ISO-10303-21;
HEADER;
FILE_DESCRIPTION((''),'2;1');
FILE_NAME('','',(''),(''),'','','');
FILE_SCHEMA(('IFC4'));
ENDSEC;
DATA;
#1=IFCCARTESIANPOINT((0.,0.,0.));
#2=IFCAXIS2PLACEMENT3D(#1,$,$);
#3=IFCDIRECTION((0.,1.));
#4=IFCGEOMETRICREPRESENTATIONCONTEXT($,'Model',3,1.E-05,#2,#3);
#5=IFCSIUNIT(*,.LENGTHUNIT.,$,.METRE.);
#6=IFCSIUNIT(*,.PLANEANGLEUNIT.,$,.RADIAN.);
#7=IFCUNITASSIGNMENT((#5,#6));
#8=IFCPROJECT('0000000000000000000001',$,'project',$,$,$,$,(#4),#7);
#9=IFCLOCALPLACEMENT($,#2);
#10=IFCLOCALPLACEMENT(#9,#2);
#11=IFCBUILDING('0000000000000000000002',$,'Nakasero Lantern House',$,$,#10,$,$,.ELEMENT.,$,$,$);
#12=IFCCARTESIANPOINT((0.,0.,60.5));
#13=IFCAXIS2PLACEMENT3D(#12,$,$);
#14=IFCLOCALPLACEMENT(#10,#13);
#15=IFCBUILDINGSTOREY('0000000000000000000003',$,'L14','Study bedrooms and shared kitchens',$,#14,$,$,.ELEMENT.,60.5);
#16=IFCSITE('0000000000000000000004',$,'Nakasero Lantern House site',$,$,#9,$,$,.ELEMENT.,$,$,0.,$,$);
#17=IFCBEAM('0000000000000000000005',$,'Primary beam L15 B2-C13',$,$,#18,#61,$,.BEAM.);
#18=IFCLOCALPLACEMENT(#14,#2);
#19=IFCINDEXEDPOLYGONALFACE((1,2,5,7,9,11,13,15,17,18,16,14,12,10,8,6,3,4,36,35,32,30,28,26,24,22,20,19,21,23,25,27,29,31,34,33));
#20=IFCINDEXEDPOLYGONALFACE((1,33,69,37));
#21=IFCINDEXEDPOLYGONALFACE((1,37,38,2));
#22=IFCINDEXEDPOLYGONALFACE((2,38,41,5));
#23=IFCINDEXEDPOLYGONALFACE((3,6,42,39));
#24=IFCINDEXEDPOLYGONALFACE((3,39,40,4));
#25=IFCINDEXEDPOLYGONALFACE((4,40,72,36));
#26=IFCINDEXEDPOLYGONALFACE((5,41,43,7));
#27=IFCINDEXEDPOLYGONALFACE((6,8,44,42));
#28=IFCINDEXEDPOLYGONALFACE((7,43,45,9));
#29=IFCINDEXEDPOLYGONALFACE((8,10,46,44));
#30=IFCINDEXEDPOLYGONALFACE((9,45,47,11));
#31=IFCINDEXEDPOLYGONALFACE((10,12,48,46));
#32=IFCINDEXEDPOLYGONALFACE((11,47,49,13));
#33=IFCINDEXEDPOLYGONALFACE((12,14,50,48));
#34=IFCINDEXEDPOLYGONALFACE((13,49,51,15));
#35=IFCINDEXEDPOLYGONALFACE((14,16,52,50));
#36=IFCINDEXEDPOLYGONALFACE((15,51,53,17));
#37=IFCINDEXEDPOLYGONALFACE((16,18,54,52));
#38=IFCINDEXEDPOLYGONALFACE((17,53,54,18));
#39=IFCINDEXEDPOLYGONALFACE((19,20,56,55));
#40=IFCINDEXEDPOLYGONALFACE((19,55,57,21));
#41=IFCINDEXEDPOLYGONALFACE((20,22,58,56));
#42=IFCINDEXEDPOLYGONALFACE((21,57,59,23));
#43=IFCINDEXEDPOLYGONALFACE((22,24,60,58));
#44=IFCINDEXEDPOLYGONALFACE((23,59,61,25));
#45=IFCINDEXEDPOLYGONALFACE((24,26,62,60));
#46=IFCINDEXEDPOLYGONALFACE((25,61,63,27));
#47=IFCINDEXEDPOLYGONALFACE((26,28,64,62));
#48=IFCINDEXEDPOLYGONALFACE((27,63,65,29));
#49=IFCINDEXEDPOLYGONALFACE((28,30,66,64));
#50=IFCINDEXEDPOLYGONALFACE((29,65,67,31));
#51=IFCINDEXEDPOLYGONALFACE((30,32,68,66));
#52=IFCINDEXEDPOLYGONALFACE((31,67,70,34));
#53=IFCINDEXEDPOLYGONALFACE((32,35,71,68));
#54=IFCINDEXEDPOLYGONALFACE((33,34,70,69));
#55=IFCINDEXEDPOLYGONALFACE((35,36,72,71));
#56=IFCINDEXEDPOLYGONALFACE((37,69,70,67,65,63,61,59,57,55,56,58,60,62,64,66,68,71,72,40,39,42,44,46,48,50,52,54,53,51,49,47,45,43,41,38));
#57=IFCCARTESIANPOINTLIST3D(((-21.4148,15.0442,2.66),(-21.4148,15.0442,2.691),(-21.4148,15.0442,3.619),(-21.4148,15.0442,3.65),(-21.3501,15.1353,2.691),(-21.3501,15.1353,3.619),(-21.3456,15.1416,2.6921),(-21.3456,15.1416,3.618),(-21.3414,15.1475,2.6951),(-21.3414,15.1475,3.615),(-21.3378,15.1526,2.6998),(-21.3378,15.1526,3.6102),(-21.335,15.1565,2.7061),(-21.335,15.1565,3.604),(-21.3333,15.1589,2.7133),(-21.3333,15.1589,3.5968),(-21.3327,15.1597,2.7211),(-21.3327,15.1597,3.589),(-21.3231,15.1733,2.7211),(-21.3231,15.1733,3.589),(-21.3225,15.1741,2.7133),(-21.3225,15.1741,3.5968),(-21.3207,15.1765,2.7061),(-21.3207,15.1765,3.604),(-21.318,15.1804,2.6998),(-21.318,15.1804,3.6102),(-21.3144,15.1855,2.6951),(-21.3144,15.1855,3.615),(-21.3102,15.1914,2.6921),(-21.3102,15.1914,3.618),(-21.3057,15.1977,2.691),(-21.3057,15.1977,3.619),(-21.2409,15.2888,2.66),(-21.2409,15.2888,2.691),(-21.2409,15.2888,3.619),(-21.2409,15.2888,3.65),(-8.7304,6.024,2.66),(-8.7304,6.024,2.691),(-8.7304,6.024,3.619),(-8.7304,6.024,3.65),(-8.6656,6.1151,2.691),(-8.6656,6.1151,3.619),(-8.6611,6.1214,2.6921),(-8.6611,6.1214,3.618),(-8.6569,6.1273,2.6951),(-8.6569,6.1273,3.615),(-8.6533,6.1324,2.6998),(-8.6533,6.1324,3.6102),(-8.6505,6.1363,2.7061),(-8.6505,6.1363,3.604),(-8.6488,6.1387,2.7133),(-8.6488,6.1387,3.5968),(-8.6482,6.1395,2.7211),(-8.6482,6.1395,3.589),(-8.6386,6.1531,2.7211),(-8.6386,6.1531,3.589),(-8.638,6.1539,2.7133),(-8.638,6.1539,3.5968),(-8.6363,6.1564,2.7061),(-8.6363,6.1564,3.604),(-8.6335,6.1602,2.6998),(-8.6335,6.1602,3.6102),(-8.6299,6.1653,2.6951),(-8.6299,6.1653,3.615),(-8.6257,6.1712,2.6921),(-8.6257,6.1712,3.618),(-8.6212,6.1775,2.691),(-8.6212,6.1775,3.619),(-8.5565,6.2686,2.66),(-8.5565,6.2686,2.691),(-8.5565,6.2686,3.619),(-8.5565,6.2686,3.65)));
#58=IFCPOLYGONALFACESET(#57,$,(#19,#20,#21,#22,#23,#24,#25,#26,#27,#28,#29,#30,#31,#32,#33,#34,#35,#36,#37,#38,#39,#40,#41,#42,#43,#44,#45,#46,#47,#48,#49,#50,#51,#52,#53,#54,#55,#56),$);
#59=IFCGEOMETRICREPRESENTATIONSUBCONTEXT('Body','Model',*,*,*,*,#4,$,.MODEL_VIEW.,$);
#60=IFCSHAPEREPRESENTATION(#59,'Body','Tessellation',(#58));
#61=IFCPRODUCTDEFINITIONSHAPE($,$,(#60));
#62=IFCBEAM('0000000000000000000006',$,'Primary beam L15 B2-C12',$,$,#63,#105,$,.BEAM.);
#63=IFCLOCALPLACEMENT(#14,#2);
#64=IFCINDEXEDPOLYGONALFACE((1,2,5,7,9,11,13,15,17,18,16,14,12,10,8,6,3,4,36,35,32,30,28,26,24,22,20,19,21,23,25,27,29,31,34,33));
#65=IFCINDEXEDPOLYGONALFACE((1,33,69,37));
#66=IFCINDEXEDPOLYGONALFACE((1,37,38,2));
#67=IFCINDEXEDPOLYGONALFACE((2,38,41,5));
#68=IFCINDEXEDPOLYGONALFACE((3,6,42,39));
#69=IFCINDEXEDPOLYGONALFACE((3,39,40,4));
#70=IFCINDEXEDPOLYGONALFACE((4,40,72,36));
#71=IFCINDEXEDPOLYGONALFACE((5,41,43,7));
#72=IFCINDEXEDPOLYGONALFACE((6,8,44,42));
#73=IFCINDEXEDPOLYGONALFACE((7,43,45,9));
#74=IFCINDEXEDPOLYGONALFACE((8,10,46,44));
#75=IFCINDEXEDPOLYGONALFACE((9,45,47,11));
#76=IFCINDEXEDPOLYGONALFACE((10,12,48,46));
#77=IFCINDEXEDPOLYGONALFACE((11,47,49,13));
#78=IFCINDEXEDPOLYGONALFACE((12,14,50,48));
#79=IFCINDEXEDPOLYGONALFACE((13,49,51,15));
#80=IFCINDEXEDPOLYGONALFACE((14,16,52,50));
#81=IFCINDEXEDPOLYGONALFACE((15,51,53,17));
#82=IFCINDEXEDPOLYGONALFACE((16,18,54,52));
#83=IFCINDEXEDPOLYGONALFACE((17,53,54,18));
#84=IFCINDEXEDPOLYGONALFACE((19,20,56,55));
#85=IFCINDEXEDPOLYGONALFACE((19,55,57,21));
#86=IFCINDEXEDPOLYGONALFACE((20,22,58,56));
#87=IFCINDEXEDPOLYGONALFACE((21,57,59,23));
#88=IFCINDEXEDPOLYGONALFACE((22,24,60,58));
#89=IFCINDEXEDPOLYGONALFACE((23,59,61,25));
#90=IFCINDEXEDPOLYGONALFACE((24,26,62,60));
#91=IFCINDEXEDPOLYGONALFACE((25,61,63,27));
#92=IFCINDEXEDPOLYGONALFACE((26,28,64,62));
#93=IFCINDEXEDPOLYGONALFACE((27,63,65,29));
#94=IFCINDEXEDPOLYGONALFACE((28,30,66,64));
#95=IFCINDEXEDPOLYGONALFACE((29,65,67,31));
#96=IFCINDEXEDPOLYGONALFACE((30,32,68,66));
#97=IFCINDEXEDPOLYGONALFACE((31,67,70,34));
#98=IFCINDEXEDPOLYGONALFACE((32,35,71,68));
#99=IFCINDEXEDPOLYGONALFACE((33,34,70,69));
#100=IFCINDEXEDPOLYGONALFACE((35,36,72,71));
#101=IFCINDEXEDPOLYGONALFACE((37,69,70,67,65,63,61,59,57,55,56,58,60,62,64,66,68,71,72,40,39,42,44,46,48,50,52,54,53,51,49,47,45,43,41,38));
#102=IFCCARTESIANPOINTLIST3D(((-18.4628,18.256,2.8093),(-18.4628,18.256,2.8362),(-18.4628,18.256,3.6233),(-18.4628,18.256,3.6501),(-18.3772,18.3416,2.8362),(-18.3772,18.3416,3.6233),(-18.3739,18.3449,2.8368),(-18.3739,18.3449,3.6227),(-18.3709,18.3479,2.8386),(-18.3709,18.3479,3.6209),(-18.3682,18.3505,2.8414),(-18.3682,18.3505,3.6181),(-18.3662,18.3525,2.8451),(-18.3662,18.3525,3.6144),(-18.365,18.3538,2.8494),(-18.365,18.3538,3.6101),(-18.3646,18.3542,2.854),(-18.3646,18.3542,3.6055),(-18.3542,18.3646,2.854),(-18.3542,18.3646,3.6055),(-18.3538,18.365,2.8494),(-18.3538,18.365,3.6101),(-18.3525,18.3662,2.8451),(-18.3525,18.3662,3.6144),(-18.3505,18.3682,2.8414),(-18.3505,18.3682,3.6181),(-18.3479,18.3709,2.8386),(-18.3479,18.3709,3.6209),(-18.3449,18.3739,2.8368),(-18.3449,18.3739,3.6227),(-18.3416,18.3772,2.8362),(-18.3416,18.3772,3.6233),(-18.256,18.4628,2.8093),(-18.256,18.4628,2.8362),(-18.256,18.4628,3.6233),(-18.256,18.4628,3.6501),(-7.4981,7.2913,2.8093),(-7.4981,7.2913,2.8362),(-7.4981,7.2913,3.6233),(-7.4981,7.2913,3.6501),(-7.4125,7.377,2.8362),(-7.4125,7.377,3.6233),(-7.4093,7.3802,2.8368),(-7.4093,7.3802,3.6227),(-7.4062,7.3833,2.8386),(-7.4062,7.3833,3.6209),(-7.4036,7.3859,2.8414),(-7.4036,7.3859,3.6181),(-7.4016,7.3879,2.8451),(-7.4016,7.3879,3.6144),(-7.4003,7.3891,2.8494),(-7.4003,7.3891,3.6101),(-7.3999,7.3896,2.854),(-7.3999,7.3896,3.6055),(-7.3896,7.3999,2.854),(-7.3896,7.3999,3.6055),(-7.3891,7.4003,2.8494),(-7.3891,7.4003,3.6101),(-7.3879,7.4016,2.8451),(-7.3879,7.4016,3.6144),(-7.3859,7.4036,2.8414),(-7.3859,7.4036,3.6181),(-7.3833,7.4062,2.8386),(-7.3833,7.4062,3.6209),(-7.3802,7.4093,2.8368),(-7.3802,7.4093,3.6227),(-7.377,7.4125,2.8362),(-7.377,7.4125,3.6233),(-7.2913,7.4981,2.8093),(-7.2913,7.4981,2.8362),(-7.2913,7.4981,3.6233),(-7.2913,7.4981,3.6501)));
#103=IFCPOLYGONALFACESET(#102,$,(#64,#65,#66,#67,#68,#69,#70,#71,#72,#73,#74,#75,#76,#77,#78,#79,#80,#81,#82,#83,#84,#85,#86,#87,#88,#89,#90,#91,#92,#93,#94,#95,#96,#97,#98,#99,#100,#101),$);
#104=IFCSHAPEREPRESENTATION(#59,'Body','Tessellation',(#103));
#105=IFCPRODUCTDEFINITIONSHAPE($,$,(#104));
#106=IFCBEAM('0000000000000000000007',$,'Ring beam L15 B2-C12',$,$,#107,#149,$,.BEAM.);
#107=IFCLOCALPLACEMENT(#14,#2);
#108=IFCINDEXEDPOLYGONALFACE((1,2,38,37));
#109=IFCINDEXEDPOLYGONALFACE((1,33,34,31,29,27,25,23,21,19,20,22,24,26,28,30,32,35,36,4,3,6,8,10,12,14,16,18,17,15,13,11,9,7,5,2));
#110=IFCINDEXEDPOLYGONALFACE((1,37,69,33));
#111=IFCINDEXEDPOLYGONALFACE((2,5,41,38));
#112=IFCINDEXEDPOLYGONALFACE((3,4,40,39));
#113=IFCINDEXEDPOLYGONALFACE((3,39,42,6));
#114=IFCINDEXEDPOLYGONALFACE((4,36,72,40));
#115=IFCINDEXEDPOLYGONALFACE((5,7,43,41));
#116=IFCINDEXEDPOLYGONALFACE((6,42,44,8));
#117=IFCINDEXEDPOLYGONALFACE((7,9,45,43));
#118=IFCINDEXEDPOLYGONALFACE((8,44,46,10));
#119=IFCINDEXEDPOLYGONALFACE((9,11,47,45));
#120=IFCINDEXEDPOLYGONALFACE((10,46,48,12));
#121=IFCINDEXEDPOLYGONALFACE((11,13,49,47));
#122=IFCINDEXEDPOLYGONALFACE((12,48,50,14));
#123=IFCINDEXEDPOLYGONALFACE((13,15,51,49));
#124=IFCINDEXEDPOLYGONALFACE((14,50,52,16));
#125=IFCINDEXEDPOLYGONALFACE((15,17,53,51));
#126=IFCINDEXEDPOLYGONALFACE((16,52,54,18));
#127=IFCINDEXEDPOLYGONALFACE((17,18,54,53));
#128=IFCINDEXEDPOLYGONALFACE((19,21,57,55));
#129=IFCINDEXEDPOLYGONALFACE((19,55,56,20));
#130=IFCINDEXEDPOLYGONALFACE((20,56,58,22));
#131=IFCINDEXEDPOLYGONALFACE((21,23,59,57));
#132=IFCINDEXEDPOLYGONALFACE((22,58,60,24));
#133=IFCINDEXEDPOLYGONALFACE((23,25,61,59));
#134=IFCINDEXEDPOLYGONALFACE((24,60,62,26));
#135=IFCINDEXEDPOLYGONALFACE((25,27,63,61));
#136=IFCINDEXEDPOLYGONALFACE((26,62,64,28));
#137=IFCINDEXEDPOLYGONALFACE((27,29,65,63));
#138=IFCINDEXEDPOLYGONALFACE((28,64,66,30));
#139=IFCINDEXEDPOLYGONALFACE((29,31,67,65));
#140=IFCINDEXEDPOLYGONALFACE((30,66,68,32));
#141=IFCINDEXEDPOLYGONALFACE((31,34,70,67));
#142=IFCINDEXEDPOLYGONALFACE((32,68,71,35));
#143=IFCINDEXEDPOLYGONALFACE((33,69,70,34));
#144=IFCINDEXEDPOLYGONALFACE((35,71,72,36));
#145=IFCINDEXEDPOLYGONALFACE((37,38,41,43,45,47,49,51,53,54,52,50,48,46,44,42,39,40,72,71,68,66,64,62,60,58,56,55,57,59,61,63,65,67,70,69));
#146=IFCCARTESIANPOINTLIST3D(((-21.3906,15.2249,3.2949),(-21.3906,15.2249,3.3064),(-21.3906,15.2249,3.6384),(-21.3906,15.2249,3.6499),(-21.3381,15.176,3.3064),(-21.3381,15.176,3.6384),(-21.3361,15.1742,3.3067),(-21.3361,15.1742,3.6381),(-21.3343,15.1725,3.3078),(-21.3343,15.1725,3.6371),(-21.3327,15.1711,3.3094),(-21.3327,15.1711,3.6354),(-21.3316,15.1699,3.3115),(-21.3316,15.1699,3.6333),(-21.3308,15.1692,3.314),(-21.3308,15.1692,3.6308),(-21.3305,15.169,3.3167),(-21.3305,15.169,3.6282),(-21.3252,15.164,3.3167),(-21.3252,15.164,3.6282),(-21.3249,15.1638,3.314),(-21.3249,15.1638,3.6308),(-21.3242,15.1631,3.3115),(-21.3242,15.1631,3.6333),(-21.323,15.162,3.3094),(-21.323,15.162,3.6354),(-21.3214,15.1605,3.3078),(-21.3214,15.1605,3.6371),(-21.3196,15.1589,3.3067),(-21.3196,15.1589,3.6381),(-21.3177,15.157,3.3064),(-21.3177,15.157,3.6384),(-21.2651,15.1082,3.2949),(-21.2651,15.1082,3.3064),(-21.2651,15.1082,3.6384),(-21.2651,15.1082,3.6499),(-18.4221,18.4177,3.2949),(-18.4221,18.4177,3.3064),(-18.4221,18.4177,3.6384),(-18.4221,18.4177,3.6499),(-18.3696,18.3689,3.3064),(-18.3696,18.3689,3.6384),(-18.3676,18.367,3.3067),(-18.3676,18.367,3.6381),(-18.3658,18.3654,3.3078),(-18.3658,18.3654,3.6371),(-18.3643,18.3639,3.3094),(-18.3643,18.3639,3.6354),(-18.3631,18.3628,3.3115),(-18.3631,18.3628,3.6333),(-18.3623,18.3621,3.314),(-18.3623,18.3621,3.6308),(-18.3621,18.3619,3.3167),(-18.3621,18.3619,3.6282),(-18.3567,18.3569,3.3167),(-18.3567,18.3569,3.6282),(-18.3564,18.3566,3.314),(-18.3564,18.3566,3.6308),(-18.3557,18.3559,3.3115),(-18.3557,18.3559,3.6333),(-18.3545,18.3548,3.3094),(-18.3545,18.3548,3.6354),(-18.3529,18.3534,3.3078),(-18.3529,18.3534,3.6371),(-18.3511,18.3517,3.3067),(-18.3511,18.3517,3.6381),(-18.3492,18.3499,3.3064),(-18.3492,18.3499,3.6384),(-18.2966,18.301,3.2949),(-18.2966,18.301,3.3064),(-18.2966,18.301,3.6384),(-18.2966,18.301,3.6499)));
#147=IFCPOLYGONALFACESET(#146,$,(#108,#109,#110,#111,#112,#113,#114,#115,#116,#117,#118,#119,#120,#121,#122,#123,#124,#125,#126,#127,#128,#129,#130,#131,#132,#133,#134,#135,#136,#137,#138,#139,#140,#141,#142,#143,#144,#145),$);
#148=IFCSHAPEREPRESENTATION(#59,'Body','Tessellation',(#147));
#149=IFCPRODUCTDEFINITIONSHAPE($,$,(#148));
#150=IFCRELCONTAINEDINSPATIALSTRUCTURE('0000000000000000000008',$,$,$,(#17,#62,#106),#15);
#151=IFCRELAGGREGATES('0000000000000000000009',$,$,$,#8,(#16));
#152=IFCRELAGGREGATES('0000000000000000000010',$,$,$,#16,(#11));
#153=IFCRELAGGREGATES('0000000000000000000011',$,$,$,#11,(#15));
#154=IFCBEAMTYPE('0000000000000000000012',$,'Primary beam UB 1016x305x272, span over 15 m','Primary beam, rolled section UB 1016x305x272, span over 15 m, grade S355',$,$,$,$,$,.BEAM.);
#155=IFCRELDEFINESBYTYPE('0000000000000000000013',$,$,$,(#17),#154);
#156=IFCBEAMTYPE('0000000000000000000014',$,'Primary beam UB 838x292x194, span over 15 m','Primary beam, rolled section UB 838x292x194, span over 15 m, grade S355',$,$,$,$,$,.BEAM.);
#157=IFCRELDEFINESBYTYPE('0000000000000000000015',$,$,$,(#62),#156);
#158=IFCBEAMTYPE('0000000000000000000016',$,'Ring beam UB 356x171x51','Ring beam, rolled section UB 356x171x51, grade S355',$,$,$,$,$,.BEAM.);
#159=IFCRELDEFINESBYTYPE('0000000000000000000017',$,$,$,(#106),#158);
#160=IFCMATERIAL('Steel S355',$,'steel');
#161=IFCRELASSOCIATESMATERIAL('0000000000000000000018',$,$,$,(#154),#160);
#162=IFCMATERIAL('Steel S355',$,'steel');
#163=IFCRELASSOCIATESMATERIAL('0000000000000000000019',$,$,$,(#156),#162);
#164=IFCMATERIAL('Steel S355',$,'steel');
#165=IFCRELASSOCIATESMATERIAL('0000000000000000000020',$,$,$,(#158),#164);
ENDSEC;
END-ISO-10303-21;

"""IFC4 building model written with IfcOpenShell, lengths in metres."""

from ifc_helpers import new_model, si_unit, direction, frame, origin, origin_2d, place, context, subcontext, project, spatial, i_section, extrude, material, material_profile, profile_set, type_object, element, save


model = new_model("IFC4")

# Units and contexts
model_context = context("Model", 3, precision=1e-05, world=origin(), true_north=direction((0.0, 1.0)))
body_context = subcontext(model_context, "Body", "Model", "MODEL_VIEW")
ifc_project = project(units=[si_unit("LENGTHUNIT", "METRE"), si_unit("PLANEANGLEUNIT", "RADIAN")], contexts=[model_context])

# Site, building, storey
site_placement = place(None, origin())
site = spatial("IfcSite", under=ifc_project, at=site_placement, Name="Nakasero Lantern House site", CompositionType="ELEMENT", RefElevation=0.0)
building_placement = place(site_placement, origin())
building = spatial("IfcBuilding", under=site, at=building_placement, Name="Nakasero Lantern House", CompositionType="ELEMENT")
storey_placement = place(building_placement, frame((0.0, 0.0, 60.5)))
storey = spatial("IfcBuildingStorey", under=building, at=storey_placement, Name="L14", Description="Study bedrooms and shared kitchens", CompositionType="ELEMENT", Elevation=60.5)

# Beams
ifc_material_1 = material(Name="Steel S355", Category="steel")
ifc_material_profile_1 = material_profile(ifc_material_1, i_section(OverallWidth=0.3, OverallDepth=0.99, WebThickness=0.0166, FlangeThickness=0.031, FilletRadius=0.03, at=origin_2d()), Name="UB 1016x305x272")
ifc_profile_set_1 = profile_set([ifc_material_profile_1], Name="Steel S355")
beam_type_1 = type_object("IfcBeamType", Name="Primary beam UB 1016x305x272, span over 15 m", Description="Primary beam, rolled section UB 1016x305x272, span over 15 m, grade S355", PredefinedType="BEAM", material=ifc_profile_set_1)
beam_1_placement = place(storey_placement, frame((-21.3279, 15.1665, 3.155), z_axis=(0.814952, -0.579529, 0.0), x_axis=(0.579529, 0.814952, 0.0)))
element("IfcBeam", 1, at=beam_1_placement, inside=storey, type_object=beam_type_1, Name="Primary beam L15 B2-C13", PredefinedType="BEAM", context=body_context, shape_type="SweptSolid", body=[
    extrude(i_section(OverallWidth=0.3, OverallDepth=0.99, WebThickness=0.0166, FlangeThickness=0.031, FilletRadius=0.03, at=origin_2d()), origin(), (0.0, 0.0, 1.0), 15.5647),
])
ifc_material_2 = material(Name="Steel S355", Category="steel")
ifc_material_profile_2 = material_profile(ifc_material_2, i_section(OverallWidth=0.2925, OverallDepth=0.8408, WebThickness=0.0146, FlangeThickness=0.0269, FilletRadius=0.0178, at=origin_2d()), Name="UB 838x292x194")
ifc_profile_set_2 = profile_set([ifc_material_profile_2], Name="Steel S355")
beam_type_2 = type_object("IfcBeamType", Name="Primary beam UB 838x292x194, span over 15 m", Description="Primary beam, rolled section UB 838x292x194, span over 15 m, grade S355", PredefinedType="BEAM", material=ifc_profile_set_2)
beam_2_placement = place(storey_placement, frame((-18.3594, 18.3594, 3.2297), z_axis=(0.707107, -0.707107, 0.0), x_axis=(0.707107, 0.707107, 0.0)))
element("IfcBeam", 2, at=beam_2_placement, inside=storey, type_object=beam_type_2, Name="Primary beam L15 B2-C12", PredefinedType="BEAM", context=body_context, shape_type="SweptSolid", body=[
    extrude(i_section(OverallWidth=0.2925, OverallDepth=0.8408, WebThickness=0.0146, FlangeThickness=0.0269, FilletRadius=0.0178, at=origin_2d()), origin(), (0.0, 0.0, 1.0), 15.5063),
])
ifc_material_3 = material(Name="Steel S355", Category="steel")
ifc_material_profile_3 = material_profile(ifc_material_3, i_section(OverallWidth=0.1714, OverallDepth=0.355, WebThickness=0.0073, FlangeThickness=0.0115, FilletRadius=0.0103, at=origin_2d()), Name="UB 356x171x51")
ifc_profile_set_3 = profile_set([ifc_material_profile_3], Name="Steel S355")
beam_type_3 = type_object("IfcBeamType", Name="Ring beam UB 356x171x51", Description="Ring beam, rolled section UB 356x171x51, grade S355", PredefinedType="BEAM", material=ifc_profile_set_3)
beam_3_placement = place(storey_placement, frame((-18.3594, 18.3594, 3.4724), z_axis=(-0.680906, -0.732371, 0.0), x_axis=(0.732371, -0.680906, 0.0)))
element("IfcBeam", 3, at=beam_3_placement, inside=storey, type_object=beam_type_3, Name="Ring beam L15 B2-C12", PredefinedType="BEAM", context=body_context, shape_type="SweptSolid", body=[
    extrude(i_section(OverallWidth=0.1714, OverallDepth=0.355, WebThickness=0.0073, FlangeThickness=0.0115, FilletRadius=0.0103, at=origin_2d()), origin(), (0.0, 0.0, 1.0), 4.3596),
])

save(model, "model.ifc")
